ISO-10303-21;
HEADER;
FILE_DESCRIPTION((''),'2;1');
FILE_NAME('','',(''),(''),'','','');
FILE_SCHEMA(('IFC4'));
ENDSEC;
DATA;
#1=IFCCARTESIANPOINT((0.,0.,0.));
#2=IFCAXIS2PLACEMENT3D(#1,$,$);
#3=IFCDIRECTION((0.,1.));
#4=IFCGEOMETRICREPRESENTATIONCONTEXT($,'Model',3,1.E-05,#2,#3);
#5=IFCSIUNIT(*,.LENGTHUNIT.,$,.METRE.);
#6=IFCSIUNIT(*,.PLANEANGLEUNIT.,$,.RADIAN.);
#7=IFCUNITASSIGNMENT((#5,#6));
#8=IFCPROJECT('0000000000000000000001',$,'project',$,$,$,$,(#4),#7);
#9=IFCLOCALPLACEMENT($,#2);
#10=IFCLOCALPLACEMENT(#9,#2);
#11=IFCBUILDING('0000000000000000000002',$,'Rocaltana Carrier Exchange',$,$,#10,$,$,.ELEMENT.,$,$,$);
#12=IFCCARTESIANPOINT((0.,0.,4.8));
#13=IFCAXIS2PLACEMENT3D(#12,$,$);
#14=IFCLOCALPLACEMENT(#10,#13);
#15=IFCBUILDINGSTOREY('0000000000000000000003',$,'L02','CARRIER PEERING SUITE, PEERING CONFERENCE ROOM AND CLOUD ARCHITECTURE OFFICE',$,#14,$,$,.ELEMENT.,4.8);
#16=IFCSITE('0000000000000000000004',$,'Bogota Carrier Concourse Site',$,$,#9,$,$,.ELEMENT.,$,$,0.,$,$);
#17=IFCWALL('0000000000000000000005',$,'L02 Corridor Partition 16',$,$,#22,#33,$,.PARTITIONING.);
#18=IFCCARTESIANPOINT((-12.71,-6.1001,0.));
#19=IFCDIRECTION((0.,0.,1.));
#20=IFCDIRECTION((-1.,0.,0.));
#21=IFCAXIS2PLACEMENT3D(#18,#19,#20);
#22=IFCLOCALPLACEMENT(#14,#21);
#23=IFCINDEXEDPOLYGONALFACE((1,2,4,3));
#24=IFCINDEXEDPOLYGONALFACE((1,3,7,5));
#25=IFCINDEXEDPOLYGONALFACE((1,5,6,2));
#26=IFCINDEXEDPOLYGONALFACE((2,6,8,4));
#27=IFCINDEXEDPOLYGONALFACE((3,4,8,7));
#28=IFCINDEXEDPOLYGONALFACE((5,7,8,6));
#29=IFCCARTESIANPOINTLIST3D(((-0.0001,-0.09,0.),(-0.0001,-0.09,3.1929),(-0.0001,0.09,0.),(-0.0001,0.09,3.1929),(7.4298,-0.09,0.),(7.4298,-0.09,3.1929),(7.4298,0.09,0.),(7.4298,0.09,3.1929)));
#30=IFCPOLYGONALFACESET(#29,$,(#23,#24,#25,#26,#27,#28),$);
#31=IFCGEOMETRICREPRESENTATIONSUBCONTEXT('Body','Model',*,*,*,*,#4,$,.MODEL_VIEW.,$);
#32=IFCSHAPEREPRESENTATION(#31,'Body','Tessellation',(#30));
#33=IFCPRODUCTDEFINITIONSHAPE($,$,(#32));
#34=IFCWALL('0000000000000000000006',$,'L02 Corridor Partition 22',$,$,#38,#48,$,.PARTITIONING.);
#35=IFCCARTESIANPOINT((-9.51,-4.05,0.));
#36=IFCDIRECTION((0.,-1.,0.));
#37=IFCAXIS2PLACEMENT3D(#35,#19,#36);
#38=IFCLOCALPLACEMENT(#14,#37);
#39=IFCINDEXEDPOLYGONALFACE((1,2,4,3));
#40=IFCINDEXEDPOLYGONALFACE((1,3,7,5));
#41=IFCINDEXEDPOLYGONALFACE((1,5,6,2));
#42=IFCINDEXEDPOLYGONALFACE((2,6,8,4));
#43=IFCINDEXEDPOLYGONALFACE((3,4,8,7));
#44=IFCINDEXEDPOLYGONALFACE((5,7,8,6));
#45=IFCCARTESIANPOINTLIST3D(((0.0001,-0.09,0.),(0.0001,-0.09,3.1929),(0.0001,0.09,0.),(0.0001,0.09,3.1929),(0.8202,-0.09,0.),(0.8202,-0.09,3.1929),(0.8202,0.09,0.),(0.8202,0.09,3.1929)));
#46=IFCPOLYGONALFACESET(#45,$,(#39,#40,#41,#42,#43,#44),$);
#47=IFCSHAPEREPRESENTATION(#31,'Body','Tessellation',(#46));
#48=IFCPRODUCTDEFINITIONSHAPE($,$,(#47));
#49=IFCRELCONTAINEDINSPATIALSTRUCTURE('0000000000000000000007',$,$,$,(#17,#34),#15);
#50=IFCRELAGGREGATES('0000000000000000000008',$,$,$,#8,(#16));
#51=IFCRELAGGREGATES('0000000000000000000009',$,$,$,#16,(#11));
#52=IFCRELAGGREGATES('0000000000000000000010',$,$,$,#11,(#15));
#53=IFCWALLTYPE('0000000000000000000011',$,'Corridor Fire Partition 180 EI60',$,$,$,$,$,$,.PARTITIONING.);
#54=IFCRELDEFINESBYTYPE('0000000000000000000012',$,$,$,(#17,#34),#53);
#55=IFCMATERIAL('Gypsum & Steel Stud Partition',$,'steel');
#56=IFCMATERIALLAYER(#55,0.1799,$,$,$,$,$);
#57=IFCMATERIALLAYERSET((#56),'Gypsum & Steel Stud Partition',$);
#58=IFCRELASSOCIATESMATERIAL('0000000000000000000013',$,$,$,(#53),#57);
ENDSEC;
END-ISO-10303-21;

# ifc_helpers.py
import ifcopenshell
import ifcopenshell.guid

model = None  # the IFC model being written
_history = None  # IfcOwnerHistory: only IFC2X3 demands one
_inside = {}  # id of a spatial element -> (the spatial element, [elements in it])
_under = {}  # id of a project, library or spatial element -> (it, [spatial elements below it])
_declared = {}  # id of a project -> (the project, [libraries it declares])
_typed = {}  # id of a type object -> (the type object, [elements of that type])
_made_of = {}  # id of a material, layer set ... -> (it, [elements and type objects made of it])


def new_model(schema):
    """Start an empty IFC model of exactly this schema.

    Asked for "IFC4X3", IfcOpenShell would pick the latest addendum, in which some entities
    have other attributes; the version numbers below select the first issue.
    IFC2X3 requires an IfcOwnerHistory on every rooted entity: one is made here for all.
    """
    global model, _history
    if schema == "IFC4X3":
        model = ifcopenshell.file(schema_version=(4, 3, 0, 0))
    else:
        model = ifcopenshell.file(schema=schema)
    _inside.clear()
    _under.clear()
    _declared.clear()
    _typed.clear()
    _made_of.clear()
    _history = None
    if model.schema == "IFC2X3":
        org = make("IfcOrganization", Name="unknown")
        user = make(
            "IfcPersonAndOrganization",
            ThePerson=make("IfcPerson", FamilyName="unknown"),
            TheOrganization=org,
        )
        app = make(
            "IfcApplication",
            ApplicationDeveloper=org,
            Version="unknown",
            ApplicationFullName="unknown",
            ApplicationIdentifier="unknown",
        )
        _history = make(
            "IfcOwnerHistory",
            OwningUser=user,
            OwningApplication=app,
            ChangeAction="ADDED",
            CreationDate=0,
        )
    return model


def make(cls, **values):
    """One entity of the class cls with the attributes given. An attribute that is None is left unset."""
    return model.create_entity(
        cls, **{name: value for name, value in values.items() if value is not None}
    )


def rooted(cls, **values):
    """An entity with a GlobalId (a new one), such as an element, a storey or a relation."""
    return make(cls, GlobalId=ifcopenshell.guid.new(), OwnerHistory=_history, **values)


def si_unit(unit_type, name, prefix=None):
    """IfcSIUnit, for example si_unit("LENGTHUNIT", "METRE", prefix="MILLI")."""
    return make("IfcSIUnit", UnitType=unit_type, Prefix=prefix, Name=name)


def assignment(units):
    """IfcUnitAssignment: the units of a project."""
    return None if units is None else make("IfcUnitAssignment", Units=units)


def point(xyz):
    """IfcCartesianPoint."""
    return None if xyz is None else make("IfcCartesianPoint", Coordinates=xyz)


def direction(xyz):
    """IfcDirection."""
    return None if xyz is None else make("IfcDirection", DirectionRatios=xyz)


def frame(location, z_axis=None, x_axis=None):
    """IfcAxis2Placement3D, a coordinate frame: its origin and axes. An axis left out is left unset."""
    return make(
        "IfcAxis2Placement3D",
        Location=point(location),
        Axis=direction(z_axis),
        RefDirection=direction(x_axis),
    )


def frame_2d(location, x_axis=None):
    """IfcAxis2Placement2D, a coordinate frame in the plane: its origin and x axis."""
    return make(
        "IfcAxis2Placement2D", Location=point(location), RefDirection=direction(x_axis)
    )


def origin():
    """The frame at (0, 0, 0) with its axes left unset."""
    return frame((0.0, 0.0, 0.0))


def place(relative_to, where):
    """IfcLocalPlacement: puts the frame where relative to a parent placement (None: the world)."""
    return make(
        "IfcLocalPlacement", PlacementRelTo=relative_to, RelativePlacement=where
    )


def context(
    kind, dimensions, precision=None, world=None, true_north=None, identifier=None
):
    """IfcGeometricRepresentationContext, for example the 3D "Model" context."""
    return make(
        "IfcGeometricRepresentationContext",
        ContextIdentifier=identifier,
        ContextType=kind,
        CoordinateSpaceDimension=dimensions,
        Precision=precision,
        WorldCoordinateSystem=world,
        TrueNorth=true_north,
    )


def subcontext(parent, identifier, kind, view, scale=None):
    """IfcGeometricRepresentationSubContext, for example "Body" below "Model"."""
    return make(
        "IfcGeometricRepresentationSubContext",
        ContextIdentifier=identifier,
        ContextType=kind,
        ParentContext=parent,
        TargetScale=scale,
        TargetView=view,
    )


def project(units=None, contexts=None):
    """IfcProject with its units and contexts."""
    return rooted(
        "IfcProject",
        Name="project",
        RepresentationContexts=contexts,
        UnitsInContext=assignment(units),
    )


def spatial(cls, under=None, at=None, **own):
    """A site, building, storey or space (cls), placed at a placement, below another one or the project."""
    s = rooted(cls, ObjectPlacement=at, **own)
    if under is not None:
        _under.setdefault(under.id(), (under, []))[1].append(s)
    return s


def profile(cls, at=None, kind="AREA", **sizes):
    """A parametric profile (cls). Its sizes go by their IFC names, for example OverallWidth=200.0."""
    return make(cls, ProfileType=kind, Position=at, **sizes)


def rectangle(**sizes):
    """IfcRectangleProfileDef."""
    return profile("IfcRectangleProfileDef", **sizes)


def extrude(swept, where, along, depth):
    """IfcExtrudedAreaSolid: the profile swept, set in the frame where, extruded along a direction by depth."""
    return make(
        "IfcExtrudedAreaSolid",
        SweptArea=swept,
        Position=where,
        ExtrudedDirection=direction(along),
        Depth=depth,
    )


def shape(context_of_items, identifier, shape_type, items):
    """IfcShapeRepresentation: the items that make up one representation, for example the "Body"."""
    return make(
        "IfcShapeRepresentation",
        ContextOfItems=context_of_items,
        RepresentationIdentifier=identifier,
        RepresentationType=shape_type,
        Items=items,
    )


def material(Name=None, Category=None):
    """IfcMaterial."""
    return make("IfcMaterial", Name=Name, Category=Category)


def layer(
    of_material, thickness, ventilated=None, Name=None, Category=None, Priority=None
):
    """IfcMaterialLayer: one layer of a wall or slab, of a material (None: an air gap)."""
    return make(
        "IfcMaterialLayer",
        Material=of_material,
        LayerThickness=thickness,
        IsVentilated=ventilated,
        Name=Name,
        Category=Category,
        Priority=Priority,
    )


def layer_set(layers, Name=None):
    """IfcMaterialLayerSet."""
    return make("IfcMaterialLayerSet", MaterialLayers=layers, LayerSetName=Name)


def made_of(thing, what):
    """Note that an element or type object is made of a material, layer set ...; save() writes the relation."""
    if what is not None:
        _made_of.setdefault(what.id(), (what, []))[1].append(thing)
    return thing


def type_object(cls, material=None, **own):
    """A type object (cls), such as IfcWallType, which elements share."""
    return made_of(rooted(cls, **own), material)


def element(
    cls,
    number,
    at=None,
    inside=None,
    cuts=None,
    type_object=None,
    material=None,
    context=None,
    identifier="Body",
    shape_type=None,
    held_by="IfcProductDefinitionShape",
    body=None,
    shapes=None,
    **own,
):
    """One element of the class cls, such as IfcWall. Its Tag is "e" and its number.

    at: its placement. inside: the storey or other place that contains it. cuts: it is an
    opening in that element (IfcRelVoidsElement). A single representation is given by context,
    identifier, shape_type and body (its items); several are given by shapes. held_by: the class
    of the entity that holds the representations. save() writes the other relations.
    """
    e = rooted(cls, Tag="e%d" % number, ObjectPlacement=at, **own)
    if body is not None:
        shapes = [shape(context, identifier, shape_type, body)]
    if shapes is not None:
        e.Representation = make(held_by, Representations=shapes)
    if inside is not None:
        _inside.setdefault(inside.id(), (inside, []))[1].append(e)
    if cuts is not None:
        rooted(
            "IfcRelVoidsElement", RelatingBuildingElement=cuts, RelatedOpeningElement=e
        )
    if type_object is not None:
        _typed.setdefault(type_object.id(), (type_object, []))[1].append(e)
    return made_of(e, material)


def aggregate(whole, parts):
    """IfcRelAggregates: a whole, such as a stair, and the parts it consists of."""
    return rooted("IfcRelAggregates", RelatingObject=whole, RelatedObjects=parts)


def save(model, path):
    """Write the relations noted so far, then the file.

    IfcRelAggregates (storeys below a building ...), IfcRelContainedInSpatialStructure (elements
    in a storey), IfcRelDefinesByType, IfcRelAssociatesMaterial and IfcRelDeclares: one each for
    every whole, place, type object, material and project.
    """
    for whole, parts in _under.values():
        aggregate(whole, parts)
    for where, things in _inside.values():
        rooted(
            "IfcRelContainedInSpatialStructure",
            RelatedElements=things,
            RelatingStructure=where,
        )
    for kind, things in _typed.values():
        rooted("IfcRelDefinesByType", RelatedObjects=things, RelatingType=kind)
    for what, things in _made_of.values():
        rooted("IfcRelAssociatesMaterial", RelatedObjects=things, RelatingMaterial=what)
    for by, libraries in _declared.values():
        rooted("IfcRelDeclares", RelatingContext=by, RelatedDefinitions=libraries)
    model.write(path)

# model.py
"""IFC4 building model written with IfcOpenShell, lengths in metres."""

from ifc_helpers import new_model, si_unit, direction, frame, frame_2d, origin, place, context, subcontext, project, spatial, rectangle, extrude, material, layer, layer_set, type_object, element, save


model = new_model("IFC4")

# Units and contexts
model_context = context("Model", 3, precision=1e-05, world=origin(), true_north=direction((0.0, 1.0)))
body_context = subcontext(model_context, "Body", "Model", "MODEL_VIEW")
ifc_project = project(units=[si_unit("LENGTHUNIT", "METRE"), si_unit("PLANEANGLEUNIT", "RADIAN")], contexts=[model_context])

# Site, building, storey
site_placement = place(None, origin())
site = spatial("IfcSite", under=ifc_project, at=site_placement, Name="Bogota Carrier Concourse Site", CompositionType="ELEMENT", RefElevation=0.0)
building_placement = place(site_placement, origin())
building = spatial("IfcBuilding", under=site, at=building_placement, Name="Rocaltana Carrier Exchange", CompositionType="ELEMENT")
storey_placement = place(building_placement, frame((0.0, 0.0, 4.8)))
storey = spatial("IfcBuildingStorey", under=building, at=storey_placement, Name="L02", Description="CARRIER PEERING SUITE, PEERING CONFERENCE ROOM AND CLOUD ARCHITECTURE OFFICE", CompositionType="ELEMENT", Elevation=4.8)

# Shared definitions
ifc_material_1 = material(Name="Gypsum & Steel Stud Partition", Category="steel")
ifc_layer_1 = layer(ifc_material_1, 0.1799)
ifc_layer_set_1 = layer_set([ifc_layer_1], Name="Gypsum & Steel Stud Partition")
wall_type_1 = type_object("IfcWallType", Name="Corridor Fire Partition 180 EI60", PredefinedType="PARTITIONING", material=ifc_layer_set_1)

# Walls
wall_1_placement = place(storey_placement, frame((-12.71, -6.1001, 0.0), z_axis=(0.0, 0.0, 1.0), x_axis=(-1.0, 0.0, 0.0)))
element("IfcWall", 1, at=wall_1_placement, inside=storey, type_object=wall_type_1, Name="L02 Corridor Partition 16", PredefinedType="PARTITIONING", context=body_context, shape_type="SweptSolid", body=[
    extrude(rectangle(XDim=7.4299, YDim=0.1799, at=frame_2d((3.7148, 0.0))), origin(), (0.0, 0.0, 1.0), 3.1929),
])
wall_2_placement = place(storey_placement, frame((-9.51, -4.05, 0.0), z_axis=(0.0, 0.0, 1.0), x_axis=(0.0, -1.0, 0.0)))
element("IfcWall", 2, at=wall_2_placement, inside=storey, type_object=wall_type_1, Name="L02 Corridor Partition 22", PredefinedType="PARTITIONING", context=body_context, shape_type="SweptSolid", body=[
    extrude(rectangle(XDim=0.8201, YDim=0.1799, at=frame_2d((0.4102, 0.0))), origin(), (0.0, 0.0, 1.0), 3.1929),
])

save(model, "model.ifc")
